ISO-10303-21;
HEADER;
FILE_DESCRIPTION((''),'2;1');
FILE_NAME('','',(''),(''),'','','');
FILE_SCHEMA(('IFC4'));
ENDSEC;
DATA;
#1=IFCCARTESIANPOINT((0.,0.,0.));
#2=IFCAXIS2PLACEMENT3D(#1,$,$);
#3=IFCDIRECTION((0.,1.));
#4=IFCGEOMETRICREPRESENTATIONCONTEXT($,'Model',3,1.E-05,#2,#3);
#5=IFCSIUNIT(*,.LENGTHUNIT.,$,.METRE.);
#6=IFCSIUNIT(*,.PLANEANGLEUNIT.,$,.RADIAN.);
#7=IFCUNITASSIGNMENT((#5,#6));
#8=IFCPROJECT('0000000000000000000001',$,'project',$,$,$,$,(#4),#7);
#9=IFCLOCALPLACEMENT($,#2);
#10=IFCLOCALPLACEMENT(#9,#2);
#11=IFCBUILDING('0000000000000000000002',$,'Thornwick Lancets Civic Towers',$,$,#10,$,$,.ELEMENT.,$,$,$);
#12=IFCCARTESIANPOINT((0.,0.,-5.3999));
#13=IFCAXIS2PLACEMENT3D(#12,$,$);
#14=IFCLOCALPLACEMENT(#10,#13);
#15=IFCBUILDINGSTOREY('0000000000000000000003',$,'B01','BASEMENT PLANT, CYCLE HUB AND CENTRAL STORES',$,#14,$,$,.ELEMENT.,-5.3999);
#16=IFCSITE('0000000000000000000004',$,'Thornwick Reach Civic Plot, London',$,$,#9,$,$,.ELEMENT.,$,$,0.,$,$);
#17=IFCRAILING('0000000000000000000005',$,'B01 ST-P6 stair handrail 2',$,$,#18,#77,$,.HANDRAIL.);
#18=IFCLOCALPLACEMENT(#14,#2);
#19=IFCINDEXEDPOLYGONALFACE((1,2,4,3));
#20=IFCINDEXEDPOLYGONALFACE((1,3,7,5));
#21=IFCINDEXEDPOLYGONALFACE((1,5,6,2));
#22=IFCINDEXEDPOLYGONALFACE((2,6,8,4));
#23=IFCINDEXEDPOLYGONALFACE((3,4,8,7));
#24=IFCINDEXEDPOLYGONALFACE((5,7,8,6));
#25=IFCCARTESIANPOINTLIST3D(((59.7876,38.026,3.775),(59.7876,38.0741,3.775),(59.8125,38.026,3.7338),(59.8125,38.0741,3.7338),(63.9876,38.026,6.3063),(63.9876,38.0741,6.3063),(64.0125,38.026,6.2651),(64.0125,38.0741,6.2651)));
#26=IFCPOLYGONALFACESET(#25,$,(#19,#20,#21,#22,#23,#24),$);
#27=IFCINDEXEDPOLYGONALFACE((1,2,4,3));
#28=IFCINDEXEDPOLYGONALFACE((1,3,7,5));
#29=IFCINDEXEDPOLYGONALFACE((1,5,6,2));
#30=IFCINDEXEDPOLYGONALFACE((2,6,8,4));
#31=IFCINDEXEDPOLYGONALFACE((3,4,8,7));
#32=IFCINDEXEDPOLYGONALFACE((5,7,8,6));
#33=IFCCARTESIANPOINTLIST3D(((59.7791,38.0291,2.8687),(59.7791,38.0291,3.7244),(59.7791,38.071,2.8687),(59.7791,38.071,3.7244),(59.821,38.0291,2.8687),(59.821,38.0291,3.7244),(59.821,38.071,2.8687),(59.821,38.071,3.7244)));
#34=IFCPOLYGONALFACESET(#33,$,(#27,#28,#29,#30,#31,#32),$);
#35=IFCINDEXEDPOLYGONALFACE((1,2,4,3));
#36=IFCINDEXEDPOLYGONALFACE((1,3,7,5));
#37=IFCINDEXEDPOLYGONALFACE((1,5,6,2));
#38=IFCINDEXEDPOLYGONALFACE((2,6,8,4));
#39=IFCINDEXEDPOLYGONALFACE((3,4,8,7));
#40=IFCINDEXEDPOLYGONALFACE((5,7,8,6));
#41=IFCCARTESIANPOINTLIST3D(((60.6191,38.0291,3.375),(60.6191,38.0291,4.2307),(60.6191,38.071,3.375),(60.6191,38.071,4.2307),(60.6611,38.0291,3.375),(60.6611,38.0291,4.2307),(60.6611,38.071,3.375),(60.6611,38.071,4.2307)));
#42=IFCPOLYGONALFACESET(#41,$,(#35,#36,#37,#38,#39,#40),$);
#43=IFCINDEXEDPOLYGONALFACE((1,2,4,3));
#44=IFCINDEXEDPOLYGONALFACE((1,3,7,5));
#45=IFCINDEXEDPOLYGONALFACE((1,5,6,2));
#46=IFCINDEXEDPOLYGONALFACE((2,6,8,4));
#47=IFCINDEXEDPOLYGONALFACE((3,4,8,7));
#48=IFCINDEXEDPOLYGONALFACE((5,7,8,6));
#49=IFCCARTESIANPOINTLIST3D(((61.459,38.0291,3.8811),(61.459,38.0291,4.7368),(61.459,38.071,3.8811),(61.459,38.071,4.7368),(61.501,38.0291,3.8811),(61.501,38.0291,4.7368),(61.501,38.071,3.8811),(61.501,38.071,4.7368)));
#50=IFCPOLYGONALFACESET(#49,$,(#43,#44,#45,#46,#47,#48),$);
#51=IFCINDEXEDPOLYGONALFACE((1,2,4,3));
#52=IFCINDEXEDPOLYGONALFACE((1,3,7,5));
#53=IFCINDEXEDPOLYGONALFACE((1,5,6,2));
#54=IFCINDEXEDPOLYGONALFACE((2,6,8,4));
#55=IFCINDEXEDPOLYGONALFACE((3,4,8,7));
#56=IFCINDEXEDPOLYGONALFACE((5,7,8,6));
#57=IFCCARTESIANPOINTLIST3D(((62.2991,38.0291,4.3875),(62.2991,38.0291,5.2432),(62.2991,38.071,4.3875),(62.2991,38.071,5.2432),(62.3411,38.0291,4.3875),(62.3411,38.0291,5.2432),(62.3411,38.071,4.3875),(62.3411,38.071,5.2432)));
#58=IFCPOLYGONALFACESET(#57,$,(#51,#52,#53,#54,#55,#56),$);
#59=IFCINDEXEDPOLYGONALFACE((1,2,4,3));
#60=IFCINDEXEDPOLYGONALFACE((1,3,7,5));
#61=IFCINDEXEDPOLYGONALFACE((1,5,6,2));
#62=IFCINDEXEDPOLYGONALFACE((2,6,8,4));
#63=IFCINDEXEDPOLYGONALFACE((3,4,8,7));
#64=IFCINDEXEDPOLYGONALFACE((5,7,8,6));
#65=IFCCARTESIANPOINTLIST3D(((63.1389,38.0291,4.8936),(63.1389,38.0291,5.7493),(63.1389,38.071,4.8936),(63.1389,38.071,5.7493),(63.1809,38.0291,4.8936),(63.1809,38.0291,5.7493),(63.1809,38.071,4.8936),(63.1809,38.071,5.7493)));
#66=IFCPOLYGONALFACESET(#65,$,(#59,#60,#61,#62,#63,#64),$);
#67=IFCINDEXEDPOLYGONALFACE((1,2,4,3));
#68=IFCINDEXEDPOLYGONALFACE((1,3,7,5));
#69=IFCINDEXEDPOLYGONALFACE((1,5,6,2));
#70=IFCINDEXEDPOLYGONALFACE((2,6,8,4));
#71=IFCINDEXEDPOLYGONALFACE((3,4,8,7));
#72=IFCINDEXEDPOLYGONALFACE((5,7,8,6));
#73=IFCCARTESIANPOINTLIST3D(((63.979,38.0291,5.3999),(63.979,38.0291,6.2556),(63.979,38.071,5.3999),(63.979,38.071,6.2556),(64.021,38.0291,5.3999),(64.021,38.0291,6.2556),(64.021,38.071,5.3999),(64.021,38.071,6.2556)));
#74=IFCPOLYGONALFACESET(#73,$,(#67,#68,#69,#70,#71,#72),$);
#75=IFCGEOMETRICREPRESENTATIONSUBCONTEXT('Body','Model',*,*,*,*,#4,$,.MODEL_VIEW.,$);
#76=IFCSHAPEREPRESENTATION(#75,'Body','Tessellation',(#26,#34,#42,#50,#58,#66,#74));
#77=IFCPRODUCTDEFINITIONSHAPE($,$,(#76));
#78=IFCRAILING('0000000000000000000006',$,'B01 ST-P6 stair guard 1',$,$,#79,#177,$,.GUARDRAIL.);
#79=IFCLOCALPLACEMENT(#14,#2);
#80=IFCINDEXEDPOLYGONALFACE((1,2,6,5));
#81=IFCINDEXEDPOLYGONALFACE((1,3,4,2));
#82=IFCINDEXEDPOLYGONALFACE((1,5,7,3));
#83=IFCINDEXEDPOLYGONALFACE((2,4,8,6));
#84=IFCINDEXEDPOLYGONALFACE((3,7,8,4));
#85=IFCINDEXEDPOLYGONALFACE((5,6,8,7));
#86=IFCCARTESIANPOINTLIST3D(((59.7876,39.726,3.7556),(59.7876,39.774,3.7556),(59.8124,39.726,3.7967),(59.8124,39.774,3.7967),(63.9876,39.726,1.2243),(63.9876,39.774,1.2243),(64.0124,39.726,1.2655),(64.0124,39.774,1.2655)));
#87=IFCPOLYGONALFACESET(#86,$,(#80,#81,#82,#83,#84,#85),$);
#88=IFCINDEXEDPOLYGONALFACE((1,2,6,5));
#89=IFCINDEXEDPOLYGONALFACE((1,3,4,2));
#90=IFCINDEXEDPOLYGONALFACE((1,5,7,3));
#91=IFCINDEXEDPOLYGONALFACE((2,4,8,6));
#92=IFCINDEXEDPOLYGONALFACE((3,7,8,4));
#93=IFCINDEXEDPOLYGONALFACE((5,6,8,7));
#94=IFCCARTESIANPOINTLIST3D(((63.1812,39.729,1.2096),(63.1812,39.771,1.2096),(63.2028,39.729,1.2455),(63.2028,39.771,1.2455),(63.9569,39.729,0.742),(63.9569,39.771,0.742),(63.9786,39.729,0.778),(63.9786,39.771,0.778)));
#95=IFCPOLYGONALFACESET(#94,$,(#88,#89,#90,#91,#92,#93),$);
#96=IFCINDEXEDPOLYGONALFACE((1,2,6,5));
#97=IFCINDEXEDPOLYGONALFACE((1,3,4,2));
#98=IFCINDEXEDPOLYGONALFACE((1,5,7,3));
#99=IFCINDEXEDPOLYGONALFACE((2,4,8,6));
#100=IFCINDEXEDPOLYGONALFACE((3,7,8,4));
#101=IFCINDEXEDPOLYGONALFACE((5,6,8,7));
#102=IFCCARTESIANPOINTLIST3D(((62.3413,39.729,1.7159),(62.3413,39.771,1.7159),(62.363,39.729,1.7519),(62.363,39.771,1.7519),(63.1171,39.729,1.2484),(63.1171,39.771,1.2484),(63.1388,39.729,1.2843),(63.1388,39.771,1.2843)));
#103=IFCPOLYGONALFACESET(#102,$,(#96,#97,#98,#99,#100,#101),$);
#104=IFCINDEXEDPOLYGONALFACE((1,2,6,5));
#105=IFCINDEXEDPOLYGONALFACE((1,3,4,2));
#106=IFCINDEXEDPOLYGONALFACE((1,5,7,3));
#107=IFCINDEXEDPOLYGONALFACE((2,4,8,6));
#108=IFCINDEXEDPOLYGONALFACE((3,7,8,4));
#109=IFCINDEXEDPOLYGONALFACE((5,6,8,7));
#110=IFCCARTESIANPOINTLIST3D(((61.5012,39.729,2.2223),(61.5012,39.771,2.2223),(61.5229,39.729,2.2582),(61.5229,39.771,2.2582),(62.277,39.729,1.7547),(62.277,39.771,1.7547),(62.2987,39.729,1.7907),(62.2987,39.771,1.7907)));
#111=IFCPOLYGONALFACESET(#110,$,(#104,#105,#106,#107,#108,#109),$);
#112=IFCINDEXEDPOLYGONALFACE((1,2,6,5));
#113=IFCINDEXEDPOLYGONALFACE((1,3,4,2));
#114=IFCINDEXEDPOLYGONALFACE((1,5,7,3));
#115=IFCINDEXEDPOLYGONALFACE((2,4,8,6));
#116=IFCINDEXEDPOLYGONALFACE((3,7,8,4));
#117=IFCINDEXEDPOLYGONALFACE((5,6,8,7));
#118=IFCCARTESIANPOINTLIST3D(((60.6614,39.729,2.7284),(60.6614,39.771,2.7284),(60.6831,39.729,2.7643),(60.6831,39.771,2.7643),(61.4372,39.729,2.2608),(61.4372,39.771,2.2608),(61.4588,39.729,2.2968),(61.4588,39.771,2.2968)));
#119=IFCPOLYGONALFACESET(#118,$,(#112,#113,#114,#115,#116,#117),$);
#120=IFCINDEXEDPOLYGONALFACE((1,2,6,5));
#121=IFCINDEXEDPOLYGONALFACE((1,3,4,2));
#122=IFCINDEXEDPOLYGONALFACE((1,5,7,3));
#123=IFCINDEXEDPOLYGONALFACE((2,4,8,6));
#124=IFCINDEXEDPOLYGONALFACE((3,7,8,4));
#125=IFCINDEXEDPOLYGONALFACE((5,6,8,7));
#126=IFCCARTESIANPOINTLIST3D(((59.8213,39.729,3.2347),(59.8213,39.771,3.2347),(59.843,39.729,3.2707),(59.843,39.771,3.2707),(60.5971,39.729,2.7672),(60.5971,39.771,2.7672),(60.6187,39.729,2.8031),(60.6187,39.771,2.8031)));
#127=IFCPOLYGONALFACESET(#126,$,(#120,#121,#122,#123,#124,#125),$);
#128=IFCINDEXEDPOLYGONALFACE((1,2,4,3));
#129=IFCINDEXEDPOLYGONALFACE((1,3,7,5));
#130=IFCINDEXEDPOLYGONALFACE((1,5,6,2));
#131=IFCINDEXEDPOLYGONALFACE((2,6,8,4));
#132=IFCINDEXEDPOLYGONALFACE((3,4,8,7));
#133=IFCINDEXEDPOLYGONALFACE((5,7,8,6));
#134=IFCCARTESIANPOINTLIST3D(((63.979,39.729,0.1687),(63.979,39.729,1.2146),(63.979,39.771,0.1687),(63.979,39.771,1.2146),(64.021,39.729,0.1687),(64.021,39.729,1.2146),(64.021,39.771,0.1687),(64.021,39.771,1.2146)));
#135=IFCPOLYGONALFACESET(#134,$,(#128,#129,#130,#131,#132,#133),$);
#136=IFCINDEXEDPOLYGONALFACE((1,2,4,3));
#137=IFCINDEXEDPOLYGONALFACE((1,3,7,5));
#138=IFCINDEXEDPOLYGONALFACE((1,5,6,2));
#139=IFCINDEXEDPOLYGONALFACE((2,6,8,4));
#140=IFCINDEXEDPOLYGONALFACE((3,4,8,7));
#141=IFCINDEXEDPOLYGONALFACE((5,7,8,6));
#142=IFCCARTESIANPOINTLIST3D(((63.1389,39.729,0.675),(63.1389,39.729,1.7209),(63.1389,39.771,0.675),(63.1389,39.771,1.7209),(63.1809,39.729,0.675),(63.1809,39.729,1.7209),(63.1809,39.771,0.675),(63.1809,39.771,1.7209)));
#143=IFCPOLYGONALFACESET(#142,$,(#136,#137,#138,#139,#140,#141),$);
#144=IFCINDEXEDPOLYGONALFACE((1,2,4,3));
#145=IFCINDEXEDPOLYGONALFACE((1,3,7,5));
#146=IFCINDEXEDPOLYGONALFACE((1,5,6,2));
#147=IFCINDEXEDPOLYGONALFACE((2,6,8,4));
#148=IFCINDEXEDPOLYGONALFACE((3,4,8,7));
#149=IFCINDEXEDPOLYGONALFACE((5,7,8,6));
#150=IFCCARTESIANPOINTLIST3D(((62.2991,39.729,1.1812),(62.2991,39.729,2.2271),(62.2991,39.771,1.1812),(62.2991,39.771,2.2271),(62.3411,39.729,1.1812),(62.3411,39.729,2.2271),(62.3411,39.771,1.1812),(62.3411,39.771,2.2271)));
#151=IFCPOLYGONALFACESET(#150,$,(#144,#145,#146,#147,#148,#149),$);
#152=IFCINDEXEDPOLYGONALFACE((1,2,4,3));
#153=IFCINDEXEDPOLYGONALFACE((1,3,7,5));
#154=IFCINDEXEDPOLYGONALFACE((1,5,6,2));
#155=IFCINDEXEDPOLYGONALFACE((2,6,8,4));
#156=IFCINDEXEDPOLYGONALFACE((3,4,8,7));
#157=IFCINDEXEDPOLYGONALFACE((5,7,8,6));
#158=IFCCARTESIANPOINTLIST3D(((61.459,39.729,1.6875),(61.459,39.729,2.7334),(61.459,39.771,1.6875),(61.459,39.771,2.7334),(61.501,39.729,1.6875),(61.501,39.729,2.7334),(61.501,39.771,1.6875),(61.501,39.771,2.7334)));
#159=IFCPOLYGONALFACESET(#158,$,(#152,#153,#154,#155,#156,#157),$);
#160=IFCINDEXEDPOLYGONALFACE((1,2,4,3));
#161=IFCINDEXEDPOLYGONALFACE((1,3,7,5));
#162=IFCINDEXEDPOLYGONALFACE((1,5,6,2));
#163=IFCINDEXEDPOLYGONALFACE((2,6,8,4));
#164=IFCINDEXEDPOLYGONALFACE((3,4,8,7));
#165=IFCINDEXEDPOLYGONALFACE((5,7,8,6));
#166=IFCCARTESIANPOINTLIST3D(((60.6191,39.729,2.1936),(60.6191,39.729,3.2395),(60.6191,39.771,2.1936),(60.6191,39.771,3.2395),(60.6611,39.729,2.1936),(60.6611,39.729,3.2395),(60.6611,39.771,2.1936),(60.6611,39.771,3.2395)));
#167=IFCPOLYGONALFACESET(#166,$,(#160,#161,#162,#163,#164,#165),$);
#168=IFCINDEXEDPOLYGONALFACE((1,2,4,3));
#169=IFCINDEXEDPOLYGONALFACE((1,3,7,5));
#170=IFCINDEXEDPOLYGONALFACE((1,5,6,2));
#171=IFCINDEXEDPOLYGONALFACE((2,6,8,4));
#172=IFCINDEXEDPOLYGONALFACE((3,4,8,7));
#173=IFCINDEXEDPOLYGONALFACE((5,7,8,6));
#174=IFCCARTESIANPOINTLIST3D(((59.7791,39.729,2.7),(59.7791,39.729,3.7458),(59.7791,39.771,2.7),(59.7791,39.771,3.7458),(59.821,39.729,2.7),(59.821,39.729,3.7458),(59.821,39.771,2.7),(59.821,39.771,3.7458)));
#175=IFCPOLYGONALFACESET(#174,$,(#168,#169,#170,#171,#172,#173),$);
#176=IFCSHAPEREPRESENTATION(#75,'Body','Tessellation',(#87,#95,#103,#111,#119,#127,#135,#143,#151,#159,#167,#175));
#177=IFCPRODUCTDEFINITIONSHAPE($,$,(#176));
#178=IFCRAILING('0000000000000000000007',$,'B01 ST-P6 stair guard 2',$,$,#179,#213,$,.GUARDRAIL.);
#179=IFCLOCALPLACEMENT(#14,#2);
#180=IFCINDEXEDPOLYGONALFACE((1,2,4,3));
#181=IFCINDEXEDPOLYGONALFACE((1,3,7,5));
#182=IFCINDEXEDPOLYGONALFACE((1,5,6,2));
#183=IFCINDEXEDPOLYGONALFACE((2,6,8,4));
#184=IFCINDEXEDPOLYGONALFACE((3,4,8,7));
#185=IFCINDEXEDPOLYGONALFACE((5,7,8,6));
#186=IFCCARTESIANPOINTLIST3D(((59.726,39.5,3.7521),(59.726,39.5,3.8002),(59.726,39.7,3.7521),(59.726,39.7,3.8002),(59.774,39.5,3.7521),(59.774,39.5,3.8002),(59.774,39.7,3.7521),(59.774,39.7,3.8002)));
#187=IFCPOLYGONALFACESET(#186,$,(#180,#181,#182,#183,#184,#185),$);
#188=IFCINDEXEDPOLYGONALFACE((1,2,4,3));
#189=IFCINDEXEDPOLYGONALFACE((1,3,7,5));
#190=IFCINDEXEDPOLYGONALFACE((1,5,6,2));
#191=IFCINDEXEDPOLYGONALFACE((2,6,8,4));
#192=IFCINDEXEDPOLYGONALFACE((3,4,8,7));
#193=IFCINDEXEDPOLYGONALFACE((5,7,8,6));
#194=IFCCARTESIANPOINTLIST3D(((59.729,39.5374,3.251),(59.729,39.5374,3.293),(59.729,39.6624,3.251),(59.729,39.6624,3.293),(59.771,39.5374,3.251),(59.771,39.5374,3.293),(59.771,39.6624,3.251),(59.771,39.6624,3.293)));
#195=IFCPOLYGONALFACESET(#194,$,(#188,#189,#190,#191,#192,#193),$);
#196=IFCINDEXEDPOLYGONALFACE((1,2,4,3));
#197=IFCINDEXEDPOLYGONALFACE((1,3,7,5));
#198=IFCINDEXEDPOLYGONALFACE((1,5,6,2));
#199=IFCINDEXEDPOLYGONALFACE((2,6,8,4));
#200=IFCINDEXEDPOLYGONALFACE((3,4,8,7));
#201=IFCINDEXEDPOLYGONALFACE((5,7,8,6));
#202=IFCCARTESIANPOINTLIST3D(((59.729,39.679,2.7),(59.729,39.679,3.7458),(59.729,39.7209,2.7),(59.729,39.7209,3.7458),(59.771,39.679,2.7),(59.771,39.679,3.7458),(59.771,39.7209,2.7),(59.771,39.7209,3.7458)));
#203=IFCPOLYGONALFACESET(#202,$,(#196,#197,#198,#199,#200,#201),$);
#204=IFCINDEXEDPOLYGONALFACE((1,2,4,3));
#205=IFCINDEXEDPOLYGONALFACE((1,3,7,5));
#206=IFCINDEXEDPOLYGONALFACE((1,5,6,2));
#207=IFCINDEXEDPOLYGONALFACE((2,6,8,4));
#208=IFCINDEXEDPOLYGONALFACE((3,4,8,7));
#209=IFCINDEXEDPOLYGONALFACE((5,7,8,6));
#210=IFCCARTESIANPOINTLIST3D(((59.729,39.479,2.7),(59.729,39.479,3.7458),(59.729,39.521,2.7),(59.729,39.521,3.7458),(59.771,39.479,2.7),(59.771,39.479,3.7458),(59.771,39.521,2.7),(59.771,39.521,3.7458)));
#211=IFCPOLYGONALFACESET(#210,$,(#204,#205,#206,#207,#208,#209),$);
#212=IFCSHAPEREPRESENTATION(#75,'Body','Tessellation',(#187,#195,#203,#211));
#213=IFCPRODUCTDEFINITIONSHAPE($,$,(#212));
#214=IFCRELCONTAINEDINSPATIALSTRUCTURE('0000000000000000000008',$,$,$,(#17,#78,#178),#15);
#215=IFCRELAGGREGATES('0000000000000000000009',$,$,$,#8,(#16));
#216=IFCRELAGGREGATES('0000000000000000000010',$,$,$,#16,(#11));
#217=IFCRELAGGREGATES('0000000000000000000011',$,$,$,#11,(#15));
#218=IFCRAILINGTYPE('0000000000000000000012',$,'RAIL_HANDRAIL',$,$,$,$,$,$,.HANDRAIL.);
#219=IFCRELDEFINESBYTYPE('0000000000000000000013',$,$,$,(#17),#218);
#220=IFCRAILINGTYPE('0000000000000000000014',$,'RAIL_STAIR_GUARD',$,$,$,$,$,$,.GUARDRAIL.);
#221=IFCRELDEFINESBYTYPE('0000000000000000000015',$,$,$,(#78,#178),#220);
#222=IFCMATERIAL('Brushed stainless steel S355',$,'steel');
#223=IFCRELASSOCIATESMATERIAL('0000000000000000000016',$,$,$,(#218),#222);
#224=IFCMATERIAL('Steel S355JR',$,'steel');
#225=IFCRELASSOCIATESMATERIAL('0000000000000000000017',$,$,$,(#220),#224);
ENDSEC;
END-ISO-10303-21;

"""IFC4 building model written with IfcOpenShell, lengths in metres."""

from ifc_helpers import new_model, si_unit, direction, frame, origin, origin_2d, place, context, subcontext, project, spatial, rectangle, extrude, material, type_object, element, save


model = new_model("IFC4")

# Units and contexts
model_context = context("Model", 3, precision=1e-05, world=origin(), true_north=direction((0.0, 1.0)))
body_context = subcontext(model_context, "Body", "Model", "MODEL_VIEW")
ifc_project = project(units=[si_unit("LENGTHUNIT", "METRE"), si_unit("PLANEANGLEUNIT", "RADIAN")], contexts=[model_context])

# Site, building, storey
site_placement = place(None, origin())
site = spatial("IfcSite", under=ifc_project, at=site_placement, Name="Thornwick Reach Civic Plot, London", CompositionType="ELEMENT", RefElevation=0.0)
building_placement = place(site_placement, origin())
building = spatial("IfcBuilding", under=site, at=building_placement, Name="Thornwick Lancets Civic Towers", CompositionType="ELEMENT")
storey_placement = place(building_placement, frame((0.0, 0.0, -5.3999)))
storey = spatial("IfcBuildingStorey", under=building, at=storey_placement, Name="B01", Description="BASEMENT PLANT, CYCLE HUB AND CENTRAL STORES", CompositionType="ELEMENT", Elevation=-5.3999)

# Shared definitions
ifc_material_1 = material(Name="Steel S355JR", Category="steel")

# Railings
ifc_material_2 = material(Name="Brushed stainless steel S355", Category="steel")
railing_type_1 = type_object("IfcRailingType", Name="RAIL_HANDRAIL", PredefinedType="HANDRAIL", material=ifc_material_2)
railing_1_placement = place(storey_placement, frame((59.8, 38.05, 2.8687)))
element("IfcRailing", 1, at=railing_1_placement, inside=storey, type_object=railing_type_1, Name="B01 ST-P6 stair handrail 2", PredefinedType="HANDRAIL", context=body_context, shape_type="SweptSolid", body=[
    extrude(rectangle(XDim=0.0481, YDim=0.0481, at=origin_2d()), frame((0.0, 0.0, 0.8857), z_axis=(0.856476, 0.0, 0.516186), x_axis=(0.0, 1.0, 0.0)), (0.0, 0.0, 1.0), 4.9038),
    extrude(rectangle(XDim=0.042, YDim=0.042, at=origin_2d()), origin(), (0.0, 0.0, 1.0), 0.8557),
    extrude(rectangle(XDim=0.042, YDim=0.042, at=origin_2d()), frame((0.8401, 0.0, 0.5063)), (0.0, 0.0, 1.0), 0.8557),
    extrude(rectangle(XDim=0.042, YDim=0.042, at=origin_2d()), frame((1.6799, 0.0, 1.0125)), (0.0, 0.0, 1.0), 0.8557),
    extrude(rectangle(XDim=0.042, YDim=0.042, at=origin_2d()), frame((2.52, 0.0, 1.5188)), (0.0, 0.0, 1.0), 0.8557),
    extrude(rectangle(XDim=0.042, YDim=0.042, at=origin_2d()), frame((3.3599, 0.0, 2.0249)), (0.0, 0.0, 1.0), 0.8557),
    extrude(rectangle(XDim=0.042, YDim=0.042, at=origin_2d()), frame((4.2, 0.0, 2.5312)), (0.0, 0.0, 1.0), 0.8557),
])
railing_type_2 = type_object("IfcRailingType", Name="RAIL_STAIR_GUARD", PredefinedType="GUARDRAIL", material=ifc_material_1)
railing_2_placement = place(storey_placement, frame((64.0, 39.75, 0.1687)))
element("IfcRailing", 2, at=railing_2_placement, inside=storey, type_object=railing_type_2, Name="B01 ST-P6 stair guard 1", PredefinedType="GUARDRAIL", context=body_context, shape_type="SweptSolid", body=[
    extrude(rectangle(XDim=0.0481, YDim=0.0481, at=origin_2d()), frame((0.0, 0.0, 1.0762), z_axis=(-0.856476, 0.0, 0.516186), x_axis=(0.0, -1.0, 0.0)), (0.0, 0.0, 1.0), 4.9038),
    extrude(rectangle(XDim=0.042, YDim=0.042, at=origin_2d()), frame((-0.0322, 0.0, 0.5913), z_axis=(-0.856476, 0.0, 0.516186), x_axis=(0.0, -1.0, 0.0)), (0.0, 0.0, 1.0), 0.9058),
    extrude(rectangle(XDim=0.042, YDim=0.042, at=origin_2d()), frame((-0.8721, 0.0, 1.0977), z_axis=(-0.856476, 0.0, 0.516186), x_axis=(0.0, -1.0, 0.0)), (0.0, 0.0, 1.0), 0.9058),
    extrude(rectangle(XDim=0.042, YDim=0.042, at=origin_2d()), frame((-1.7122, 0.0, 1.604), z_axis=(-0.856476, 0.0, 0.516186), x_axis=(0.0, -1.0, 0.0)), (0.0, 0.0, 1.0), 0.9058),
    extrude(rectangle(XDim=0.042, YDim=0.042, at=origin_2d()), frame((-2.552, 0.0, 2.1101), z_axis=(-0.856476, 0.0, 0.516186), x_axis=(0.0, -1.0, 0.0)), (0.0, 0.0, 1.0), 0.9058),
    extrude(rectangle(XDim=0.042, YDim=0.042, at=origin_2d()), frame((-3.3921, 0.0, 2.6165), z_axis=(-0.856476, 0.0, 0.516186), x_axis=(0.0, -1.0, 0.0)), (0.0, 0.0, 1.0), 0.9058),
    extrude(rectangle(XDim=0.042, YDim=0.042, at=origin_2d()), origin(), (0.0, 0.0, 1.0), 1.0459),
    extrude(rectangle(XDim=0.042, YDim=0.042, at=origin_2d()), frame((-0.8401, 0.0, 0.5063)), (0.0, 0.0, 1.0), 1.0459),
    extrude(rectangle(XDim=0.042, YDim=0.042, at=origin_2d()), frame((-1.6799, 0.0, 1.0125)), (0.0, 0.0, 1.0), 1.0459),
    extrude(rectangle(XDim=0.042, YDim=0.042, at=origin_2d()), frame((-2.52, 0.0, 1.5188)), (0.0, 0.0, 1.0), 1.0459),
    extrude(rectangle(XDim=0.042, YDim=0.042, at=origin_2d()), frame((-3.3599, 0.0, 2.0249)), (0.0, 0.0, 1.0), 1.0459),
    extrude(rectangle(XDim=0.042, YDim=0.042, at=origin_2d()), frame((-4.2, 0.0, 2.5312)), (0.0, 0.0, 1.0), 1.0459),
])
railing_3_placement = place(storey_placement, frame((59.75, 39.7, 2.7)))
element("IfcRailing", 3, at=railing_3_placement, inside=storey, type_object=railing_type_2, Name="B01 ST-P6 stair guard 2", PredefinedType="GUARDRAIL", context=body_context, shape_type="SweptSolid", body=[
    extrude(rectangle(XDim=0.0481, YDim=0.0481, at=origin_2d()), frame((0.0, 0.0, 1.0762), z_axis=(0.0, -1.0, 0.0), x_axis=(1.0, 0.0, 0.0)), (0.0, 0.0, 1.0), 0.2),
    extrude(rectangle(XDim=0.042, YDim=0.042, at=origin_2d()), frame((0.0, -0.0376, 0.572), z_axis=(0.0, -1.0, 0.0), x_axis=(1.0, 0.0, 0.0)), (0.0, 0.0, 1.0), 0.125),
    extrude(rectangle(XDim=0.042, YDim=0.042, at=origin_2d()), origin(), (0.0, 0.0, 1.0), 1.0459),
    extrude(rectangle(XDim=0.042, YDim=0.042, at=origin_2d()), frame((0.0, -0.2, 0.0)), (0.0, 0.0, 1.0), 1.0459),
])

save(model, "model.ifc")
